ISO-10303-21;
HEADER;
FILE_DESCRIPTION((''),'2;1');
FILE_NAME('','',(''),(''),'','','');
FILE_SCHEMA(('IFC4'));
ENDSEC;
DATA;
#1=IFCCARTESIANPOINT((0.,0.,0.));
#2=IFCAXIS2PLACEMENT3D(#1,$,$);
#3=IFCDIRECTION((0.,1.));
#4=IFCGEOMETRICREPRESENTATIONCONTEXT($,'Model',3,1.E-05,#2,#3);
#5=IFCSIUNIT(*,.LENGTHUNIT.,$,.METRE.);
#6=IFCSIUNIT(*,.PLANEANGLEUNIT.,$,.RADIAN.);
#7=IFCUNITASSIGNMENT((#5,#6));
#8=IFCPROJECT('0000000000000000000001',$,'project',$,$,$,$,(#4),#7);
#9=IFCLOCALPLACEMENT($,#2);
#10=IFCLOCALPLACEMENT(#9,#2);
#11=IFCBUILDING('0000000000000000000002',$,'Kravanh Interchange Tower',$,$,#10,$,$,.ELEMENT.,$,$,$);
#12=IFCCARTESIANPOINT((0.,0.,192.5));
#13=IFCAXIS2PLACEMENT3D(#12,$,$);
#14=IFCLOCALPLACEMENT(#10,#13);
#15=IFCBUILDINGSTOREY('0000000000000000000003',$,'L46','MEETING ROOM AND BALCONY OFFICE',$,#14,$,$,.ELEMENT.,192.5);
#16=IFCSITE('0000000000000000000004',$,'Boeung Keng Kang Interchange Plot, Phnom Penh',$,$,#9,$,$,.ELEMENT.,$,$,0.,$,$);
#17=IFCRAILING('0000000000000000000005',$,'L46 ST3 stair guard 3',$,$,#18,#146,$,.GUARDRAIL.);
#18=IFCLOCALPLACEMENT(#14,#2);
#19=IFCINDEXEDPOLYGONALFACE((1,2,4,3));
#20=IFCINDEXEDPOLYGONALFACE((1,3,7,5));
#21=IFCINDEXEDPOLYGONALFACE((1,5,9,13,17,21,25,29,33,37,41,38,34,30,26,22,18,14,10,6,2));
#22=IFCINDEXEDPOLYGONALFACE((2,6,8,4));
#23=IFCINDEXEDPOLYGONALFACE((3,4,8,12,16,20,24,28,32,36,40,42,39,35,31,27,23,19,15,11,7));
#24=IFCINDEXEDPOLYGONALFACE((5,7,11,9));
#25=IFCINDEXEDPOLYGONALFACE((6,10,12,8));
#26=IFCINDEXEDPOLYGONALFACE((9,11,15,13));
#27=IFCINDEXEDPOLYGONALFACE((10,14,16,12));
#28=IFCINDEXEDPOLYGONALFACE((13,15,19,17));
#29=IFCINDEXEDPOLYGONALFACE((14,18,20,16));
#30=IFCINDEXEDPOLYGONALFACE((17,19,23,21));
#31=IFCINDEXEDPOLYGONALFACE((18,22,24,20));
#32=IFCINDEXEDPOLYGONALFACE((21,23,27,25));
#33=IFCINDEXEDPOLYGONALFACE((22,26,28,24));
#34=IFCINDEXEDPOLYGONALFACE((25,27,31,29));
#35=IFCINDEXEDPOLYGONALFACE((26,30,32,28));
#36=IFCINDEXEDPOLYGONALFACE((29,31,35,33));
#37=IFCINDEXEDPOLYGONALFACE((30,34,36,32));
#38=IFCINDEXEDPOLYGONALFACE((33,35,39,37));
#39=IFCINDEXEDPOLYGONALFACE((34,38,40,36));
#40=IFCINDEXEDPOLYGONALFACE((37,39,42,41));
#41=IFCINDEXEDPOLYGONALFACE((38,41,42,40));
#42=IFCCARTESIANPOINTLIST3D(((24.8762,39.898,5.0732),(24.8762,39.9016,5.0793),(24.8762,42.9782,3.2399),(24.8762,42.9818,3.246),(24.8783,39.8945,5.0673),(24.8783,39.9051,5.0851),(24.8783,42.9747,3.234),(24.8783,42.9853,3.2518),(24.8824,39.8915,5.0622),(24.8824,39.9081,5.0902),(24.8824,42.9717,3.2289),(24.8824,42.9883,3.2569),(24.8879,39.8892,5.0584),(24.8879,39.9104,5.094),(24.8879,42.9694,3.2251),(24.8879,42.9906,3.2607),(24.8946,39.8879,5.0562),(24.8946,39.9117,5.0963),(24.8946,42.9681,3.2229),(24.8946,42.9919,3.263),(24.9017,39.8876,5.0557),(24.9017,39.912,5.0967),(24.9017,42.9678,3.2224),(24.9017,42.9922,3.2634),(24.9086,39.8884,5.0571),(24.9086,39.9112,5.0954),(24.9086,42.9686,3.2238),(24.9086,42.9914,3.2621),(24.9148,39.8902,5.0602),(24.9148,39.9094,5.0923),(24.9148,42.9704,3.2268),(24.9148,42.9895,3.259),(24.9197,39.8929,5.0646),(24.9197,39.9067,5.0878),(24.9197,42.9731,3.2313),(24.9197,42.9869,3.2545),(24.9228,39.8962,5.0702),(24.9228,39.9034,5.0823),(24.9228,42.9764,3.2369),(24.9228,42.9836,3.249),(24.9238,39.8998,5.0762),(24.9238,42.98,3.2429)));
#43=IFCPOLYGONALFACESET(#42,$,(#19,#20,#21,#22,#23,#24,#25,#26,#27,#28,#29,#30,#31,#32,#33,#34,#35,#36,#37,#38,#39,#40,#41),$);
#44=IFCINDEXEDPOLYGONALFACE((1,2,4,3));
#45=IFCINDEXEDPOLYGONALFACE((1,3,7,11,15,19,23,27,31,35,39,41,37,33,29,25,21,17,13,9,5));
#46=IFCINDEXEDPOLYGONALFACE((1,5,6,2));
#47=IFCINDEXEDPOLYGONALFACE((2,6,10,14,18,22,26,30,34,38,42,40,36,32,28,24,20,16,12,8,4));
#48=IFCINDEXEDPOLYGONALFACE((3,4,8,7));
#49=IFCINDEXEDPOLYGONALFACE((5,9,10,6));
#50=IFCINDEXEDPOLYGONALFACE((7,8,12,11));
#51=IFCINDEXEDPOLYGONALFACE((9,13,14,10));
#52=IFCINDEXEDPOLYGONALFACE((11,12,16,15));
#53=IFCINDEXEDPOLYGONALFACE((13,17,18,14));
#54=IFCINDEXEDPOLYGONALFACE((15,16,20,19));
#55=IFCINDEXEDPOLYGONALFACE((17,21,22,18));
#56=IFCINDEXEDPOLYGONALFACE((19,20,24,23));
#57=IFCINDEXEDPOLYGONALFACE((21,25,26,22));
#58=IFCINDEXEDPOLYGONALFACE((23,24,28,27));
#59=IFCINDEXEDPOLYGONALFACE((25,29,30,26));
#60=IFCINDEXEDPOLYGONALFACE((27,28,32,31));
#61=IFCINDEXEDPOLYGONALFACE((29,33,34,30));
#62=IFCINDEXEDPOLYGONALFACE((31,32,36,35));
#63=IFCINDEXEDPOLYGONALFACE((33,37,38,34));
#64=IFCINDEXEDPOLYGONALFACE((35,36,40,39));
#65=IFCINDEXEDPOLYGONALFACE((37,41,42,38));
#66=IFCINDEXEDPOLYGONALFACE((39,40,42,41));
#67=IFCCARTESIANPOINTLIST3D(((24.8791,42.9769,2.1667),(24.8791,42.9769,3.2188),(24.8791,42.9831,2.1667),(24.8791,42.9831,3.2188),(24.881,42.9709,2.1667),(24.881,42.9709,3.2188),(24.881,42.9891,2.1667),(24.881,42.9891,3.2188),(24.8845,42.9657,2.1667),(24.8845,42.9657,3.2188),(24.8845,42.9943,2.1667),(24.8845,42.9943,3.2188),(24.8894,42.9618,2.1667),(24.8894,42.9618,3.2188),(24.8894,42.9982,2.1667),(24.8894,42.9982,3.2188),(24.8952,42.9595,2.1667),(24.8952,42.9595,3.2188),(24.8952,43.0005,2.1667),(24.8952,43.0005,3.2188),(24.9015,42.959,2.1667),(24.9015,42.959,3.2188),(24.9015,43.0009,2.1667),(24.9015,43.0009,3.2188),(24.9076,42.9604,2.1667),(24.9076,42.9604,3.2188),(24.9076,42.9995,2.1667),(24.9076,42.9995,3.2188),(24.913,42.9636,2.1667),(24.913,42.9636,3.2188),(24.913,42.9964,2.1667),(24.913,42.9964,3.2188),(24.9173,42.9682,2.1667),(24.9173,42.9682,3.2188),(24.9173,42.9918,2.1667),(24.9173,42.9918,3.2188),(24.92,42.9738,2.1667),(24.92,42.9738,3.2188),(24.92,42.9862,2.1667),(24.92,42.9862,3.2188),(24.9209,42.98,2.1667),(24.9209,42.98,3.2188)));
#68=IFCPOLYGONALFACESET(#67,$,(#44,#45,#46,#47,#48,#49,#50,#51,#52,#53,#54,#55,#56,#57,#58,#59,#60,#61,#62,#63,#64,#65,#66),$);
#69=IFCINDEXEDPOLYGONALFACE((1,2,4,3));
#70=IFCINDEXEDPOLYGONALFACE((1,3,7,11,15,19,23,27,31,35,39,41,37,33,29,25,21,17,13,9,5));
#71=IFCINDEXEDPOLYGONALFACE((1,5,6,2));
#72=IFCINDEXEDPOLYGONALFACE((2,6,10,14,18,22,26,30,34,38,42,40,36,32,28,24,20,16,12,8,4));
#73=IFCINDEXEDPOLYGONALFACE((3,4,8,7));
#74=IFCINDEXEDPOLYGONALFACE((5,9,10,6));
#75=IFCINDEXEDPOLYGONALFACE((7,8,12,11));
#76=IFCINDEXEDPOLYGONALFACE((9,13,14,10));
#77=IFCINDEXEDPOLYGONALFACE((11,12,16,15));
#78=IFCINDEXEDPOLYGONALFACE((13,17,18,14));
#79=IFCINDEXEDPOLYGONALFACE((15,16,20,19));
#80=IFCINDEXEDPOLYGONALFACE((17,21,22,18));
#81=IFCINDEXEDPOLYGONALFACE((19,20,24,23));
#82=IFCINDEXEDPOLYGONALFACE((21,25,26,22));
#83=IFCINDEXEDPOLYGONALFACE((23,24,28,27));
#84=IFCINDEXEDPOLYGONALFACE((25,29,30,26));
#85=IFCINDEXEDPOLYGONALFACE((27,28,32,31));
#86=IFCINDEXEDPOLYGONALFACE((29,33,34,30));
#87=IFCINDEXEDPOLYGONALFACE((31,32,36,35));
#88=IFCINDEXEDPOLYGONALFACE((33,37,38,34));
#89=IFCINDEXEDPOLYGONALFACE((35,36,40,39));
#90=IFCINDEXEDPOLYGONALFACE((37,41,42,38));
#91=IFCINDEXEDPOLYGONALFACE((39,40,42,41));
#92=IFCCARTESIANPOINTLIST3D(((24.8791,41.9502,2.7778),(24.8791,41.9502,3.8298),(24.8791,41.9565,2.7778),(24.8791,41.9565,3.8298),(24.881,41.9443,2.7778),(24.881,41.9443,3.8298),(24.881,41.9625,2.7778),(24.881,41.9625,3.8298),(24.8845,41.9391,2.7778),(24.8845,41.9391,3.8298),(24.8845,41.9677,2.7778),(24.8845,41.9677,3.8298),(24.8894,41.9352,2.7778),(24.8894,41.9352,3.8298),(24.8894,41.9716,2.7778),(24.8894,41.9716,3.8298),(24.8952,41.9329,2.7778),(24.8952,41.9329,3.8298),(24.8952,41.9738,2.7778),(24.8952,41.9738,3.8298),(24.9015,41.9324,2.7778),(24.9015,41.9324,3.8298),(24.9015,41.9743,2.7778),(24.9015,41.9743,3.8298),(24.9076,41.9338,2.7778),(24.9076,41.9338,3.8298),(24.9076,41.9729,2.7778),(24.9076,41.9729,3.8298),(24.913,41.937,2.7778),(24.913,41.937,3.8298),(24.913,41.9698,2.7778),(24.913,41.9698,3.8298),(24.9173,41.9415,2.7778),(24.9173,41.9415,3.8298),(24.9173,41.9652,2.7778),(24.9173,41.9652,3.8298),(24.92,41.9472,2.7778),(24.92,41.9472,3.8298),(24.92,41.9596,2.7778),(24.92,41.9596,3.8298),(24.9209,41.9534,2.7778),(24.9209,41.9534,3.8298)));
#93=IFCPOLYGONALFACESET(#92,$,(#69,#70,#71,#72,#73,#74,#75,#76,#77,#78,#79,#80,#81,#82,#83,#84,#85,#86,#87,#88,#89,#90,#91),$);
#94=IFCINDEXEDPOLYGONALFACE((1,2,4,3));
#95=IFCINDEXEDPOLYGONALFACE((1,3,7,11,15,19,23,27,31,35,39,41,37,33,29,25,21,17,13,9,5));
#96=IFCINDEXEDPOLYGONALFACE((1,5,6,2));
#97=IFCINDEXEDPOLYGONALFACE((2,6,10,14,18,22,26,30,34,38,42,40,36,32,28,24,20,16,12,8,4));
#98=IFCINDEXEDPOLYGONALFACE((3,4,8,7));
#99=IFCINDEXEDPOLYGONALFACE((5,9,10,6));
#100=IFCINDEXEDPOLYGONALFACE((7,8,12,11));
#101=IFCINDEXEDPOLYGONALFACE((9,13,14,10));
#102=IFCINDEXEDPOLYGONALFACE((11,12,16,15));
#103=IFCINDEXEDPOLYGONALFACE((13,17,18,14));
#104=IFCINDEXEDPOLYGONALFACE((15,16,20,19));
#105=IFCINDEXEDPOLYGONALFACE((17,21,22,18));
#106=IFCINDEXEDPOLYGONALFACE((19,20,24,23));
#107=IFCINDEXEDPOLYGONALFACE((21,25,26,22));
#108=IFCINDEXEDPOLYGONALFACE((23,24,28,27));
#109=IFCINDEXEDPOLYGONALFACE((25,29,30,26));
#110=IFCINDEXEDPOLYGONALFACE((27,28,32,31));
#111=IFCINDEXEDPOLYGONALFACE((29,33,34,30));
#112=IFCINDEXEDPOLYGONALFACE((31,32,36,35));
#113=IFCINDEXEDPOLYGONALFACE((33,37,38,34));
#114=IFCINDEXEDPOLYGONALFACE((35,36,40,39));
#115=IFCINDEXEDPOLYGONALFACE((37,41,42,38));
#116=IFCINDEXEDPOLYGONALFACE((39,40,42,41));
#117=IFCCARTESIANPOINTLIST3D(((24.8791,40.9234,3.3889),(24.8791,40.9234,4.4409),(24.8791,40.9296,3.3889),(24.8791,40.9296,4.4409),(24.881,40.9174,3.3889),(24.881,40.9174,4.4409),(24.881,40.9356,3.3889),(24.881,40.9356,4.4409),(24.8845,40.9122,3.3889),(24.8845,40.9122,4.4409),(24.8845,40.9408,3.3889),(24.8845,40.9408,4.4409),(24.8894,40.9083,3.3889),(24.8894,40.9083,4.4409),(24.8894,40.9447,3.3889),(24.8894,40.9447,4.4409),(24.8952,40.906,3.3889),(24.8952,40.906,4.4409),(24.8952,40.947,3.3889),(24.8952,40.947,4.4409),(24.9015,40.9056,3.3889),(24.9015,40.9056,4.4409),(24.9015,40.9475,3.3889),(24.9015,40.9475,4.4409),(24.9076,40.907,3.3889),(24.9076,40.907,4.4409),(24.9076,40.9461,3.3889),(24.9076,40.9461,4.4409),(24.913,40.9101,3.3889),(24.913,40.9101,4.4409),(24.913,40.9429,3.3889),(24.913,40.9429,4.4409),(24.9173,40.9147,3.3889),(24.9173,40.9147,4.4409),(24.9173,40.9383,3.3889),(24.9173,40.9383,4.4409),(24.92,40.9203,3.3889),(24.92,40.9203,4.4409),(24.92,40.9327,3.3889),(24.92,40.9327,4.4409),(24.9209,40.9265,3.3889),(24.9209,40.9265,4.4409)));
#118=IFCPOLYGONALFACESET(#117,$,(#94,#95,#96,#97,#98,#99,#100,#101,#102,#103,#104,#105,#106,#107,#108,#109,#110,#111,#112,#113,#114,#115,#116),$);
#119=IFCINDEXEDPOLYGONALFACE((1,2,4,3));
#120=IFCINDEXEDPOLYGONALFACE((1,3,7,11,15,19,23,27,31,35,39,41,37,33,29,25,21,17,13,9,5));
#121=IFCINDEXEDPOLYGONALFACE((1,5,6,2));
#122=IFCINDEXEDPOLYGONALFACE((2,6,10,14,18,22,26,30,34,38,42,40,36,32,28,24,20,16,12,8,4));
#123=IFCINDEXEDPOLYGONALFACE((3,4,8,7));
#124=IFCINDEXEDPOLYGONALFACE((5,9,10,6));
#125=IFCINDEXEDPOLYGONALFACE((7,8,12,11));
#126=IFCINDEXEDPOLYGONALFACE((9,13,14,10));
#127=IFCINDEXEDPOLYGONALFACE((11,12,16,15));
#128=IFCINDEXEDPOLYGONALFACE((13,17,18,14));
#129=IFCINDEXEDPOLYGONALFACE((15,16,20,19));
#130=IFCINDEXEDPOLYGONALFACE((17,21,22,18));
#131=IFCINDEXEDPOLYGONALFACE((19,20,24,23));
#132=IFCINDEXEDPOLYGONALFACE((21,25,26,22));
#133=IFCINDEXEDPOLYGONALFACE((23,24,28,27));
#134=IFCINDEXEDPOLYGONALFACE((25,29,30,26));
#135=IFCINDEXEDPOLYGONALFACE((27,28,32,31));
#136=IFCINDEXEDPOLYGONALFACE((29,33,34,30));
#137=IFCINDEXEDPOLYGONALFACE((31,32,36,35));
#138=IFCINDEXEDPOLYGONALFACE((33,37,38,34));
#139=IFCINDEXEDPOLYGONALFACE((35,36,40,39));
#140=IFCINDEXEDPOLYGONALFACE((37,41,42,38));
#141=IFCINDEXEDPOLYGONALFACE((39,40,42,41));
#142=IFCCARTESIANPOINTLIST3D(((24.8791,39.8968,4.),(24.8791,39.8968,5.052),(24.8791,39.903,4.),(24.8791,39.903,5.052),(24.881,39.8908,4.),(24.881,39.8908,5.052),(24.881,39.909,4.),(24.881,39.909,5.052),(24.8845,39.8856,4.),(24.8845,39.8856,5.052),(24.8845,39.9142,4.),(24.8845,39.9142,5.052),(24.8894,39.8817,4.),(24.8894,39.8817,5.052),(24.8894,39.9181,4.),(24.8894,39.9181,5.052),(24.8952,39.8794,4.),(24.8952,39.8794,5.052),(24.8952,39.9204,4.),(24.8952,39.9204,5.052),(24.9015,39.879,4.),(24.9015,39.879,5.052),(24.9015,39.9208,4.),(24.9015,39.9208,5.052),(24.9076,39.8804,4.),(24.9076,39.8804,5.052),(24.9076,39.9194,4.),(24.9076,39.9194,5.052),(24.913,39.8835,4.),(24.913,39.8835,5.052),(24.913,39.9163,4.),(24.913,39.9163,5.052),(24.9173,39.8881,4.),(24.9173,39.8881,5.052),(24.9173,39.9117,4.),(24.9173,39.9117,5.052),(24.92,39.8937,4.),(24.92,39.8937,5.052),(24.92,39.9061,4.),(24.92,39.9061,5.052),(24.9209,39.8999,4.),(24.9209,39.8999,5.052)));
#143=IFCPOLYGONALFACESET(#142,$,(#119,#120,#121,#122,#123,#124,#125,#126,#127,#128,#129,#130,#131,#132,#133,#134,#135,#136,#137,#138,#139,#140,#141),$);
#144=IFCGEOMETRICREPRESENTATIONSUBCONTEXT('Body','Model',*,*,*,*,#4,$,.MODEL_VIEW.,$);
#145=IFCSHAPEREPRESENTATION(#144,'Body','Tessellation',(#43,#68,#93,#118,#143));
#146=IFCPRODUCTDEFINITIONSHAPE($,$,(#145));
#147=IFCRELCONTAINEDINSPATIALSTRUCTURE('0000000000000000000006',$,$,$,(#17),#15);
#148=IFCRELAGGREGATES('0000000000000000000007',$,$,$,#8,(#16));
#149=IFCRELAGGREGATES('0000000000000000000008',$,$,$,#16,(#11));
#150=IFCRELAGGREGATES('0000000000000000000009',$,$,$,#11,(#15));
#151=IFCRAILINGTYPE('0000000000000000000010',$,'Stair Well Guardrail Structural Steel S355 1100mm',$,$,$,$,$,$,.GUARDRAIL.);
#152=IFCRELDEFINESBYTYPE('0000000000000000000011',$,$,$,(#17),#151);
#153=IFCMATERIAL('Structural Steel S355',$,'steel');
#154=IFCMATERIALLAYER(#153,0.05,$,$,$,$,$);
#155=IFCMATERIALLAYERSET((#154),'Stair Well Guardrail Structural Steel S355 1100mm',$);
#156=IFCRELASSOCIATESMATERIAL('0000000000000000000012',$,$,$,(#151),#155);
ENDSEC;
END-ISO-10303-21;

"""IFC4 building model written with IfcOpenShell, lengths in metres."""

from ifc_helpers import new_model, si_unit, direction, frame, origin, origin_2d, place, context, subcontext, project, spatial, circle, extrude, material, layer, layer_set, type_object, element, save


model = new_model("IFC4")

# Units and contexts
model_context = context("Model", 3, precision=1e-05, world=origin(), true_north=direction((0.0, 1.0)))
body_context = subcontext(model_context, "Body", "Model", "MODEL_VIEW")
ifc_project = project(units=[si_unit("LENGTHUNIT", "METRE"), si_unit("PLANEANGLEUNIT", "RADIAN")], contexts=[model_context])

# Site, building, storey
site_placement = place(None, origin())
site = spatial("IfcSite", under=ifc_project, at=site_placement, Name="Boeung Keng Kang Interchange Plot, Phnom Penh", CompositionType="ELEMENT", RefElevation=0.0)
building_placement = place(site_placement, origin())
building = spatial("IfcBuilding", under=site, at=building_placement, Name="Kravanh Interchange Tower", CompositionType="ELEMENT")
storey_placement = place(building_placement, frame((0.0, 0.0, 192.5)))
storey = spatial("IfcBuildingStorey", under=building, at=storey_placement, Name="L46", Description="MEETING ROOM AND BALCONY OFFICE", CompositionType="ELEMENT", Elevation=192.5)

# Railing
ifc_material_1 = material(Name="Structural Steel S355", Category="steel")
ifc_layer_1 = layer(ifc_material_1, 0.05)
ifc_layer_set_1 = layer_set([ifc_layer_1], Name="Stair Well Guardrail Structural Steel S355 1100mm")
railing_type_1 = type_object("IfcRailingType", Name="Stair Well Guardrail Structural Steel S355 1100mm", PredefinedType="GUARDRAIL", material=ifc_layer_set_1)
railing_1_placement = place(storey_placement, frame((24.8999, 42.98, 2.1667)))
element("IfcRailing", 1, at=railing_1_placement, inside=storey, type_object=railing_type_1, Name="L46 ST3 stair guard 3", PredefinedType="GUARDRAIL", context=body_context, shape_type="SweptSolid", body=[
    extrude(circle(Radius=0.0239, at=origin_2d()), frame((0.0, 0.0, 1.0762), z_axis=(0.0, -0.859309, 0.511458), x_axis=(1.0, 0.0, 0.0)), (0.0, 0.0, 1.0), 3.5845),
    extrude(circle(Radius=0.021, at=origin_2d()), origin(), (0.0, 0.0, 1.0), 1.052),
    extrude(circle(Radius=0.021, at=origin_2d()), frame((0.0, -1.0266, 0.6111)), (0.0, 0.0, 1.0), 1.052),
    extrude(circle(Radius=0.021, at=origin_2d()), frame((0.0, -2.0535, 1.2222)), (0.0, 0.0, 1.0), 1.052),
    extrude(circle(Radius=0.021, at=origin_2d()), frame((0.0, -3.0801, 1.8333)), (0.0, 0.0, 1.0), 1.052),
])

save(model, "model.ifc")
